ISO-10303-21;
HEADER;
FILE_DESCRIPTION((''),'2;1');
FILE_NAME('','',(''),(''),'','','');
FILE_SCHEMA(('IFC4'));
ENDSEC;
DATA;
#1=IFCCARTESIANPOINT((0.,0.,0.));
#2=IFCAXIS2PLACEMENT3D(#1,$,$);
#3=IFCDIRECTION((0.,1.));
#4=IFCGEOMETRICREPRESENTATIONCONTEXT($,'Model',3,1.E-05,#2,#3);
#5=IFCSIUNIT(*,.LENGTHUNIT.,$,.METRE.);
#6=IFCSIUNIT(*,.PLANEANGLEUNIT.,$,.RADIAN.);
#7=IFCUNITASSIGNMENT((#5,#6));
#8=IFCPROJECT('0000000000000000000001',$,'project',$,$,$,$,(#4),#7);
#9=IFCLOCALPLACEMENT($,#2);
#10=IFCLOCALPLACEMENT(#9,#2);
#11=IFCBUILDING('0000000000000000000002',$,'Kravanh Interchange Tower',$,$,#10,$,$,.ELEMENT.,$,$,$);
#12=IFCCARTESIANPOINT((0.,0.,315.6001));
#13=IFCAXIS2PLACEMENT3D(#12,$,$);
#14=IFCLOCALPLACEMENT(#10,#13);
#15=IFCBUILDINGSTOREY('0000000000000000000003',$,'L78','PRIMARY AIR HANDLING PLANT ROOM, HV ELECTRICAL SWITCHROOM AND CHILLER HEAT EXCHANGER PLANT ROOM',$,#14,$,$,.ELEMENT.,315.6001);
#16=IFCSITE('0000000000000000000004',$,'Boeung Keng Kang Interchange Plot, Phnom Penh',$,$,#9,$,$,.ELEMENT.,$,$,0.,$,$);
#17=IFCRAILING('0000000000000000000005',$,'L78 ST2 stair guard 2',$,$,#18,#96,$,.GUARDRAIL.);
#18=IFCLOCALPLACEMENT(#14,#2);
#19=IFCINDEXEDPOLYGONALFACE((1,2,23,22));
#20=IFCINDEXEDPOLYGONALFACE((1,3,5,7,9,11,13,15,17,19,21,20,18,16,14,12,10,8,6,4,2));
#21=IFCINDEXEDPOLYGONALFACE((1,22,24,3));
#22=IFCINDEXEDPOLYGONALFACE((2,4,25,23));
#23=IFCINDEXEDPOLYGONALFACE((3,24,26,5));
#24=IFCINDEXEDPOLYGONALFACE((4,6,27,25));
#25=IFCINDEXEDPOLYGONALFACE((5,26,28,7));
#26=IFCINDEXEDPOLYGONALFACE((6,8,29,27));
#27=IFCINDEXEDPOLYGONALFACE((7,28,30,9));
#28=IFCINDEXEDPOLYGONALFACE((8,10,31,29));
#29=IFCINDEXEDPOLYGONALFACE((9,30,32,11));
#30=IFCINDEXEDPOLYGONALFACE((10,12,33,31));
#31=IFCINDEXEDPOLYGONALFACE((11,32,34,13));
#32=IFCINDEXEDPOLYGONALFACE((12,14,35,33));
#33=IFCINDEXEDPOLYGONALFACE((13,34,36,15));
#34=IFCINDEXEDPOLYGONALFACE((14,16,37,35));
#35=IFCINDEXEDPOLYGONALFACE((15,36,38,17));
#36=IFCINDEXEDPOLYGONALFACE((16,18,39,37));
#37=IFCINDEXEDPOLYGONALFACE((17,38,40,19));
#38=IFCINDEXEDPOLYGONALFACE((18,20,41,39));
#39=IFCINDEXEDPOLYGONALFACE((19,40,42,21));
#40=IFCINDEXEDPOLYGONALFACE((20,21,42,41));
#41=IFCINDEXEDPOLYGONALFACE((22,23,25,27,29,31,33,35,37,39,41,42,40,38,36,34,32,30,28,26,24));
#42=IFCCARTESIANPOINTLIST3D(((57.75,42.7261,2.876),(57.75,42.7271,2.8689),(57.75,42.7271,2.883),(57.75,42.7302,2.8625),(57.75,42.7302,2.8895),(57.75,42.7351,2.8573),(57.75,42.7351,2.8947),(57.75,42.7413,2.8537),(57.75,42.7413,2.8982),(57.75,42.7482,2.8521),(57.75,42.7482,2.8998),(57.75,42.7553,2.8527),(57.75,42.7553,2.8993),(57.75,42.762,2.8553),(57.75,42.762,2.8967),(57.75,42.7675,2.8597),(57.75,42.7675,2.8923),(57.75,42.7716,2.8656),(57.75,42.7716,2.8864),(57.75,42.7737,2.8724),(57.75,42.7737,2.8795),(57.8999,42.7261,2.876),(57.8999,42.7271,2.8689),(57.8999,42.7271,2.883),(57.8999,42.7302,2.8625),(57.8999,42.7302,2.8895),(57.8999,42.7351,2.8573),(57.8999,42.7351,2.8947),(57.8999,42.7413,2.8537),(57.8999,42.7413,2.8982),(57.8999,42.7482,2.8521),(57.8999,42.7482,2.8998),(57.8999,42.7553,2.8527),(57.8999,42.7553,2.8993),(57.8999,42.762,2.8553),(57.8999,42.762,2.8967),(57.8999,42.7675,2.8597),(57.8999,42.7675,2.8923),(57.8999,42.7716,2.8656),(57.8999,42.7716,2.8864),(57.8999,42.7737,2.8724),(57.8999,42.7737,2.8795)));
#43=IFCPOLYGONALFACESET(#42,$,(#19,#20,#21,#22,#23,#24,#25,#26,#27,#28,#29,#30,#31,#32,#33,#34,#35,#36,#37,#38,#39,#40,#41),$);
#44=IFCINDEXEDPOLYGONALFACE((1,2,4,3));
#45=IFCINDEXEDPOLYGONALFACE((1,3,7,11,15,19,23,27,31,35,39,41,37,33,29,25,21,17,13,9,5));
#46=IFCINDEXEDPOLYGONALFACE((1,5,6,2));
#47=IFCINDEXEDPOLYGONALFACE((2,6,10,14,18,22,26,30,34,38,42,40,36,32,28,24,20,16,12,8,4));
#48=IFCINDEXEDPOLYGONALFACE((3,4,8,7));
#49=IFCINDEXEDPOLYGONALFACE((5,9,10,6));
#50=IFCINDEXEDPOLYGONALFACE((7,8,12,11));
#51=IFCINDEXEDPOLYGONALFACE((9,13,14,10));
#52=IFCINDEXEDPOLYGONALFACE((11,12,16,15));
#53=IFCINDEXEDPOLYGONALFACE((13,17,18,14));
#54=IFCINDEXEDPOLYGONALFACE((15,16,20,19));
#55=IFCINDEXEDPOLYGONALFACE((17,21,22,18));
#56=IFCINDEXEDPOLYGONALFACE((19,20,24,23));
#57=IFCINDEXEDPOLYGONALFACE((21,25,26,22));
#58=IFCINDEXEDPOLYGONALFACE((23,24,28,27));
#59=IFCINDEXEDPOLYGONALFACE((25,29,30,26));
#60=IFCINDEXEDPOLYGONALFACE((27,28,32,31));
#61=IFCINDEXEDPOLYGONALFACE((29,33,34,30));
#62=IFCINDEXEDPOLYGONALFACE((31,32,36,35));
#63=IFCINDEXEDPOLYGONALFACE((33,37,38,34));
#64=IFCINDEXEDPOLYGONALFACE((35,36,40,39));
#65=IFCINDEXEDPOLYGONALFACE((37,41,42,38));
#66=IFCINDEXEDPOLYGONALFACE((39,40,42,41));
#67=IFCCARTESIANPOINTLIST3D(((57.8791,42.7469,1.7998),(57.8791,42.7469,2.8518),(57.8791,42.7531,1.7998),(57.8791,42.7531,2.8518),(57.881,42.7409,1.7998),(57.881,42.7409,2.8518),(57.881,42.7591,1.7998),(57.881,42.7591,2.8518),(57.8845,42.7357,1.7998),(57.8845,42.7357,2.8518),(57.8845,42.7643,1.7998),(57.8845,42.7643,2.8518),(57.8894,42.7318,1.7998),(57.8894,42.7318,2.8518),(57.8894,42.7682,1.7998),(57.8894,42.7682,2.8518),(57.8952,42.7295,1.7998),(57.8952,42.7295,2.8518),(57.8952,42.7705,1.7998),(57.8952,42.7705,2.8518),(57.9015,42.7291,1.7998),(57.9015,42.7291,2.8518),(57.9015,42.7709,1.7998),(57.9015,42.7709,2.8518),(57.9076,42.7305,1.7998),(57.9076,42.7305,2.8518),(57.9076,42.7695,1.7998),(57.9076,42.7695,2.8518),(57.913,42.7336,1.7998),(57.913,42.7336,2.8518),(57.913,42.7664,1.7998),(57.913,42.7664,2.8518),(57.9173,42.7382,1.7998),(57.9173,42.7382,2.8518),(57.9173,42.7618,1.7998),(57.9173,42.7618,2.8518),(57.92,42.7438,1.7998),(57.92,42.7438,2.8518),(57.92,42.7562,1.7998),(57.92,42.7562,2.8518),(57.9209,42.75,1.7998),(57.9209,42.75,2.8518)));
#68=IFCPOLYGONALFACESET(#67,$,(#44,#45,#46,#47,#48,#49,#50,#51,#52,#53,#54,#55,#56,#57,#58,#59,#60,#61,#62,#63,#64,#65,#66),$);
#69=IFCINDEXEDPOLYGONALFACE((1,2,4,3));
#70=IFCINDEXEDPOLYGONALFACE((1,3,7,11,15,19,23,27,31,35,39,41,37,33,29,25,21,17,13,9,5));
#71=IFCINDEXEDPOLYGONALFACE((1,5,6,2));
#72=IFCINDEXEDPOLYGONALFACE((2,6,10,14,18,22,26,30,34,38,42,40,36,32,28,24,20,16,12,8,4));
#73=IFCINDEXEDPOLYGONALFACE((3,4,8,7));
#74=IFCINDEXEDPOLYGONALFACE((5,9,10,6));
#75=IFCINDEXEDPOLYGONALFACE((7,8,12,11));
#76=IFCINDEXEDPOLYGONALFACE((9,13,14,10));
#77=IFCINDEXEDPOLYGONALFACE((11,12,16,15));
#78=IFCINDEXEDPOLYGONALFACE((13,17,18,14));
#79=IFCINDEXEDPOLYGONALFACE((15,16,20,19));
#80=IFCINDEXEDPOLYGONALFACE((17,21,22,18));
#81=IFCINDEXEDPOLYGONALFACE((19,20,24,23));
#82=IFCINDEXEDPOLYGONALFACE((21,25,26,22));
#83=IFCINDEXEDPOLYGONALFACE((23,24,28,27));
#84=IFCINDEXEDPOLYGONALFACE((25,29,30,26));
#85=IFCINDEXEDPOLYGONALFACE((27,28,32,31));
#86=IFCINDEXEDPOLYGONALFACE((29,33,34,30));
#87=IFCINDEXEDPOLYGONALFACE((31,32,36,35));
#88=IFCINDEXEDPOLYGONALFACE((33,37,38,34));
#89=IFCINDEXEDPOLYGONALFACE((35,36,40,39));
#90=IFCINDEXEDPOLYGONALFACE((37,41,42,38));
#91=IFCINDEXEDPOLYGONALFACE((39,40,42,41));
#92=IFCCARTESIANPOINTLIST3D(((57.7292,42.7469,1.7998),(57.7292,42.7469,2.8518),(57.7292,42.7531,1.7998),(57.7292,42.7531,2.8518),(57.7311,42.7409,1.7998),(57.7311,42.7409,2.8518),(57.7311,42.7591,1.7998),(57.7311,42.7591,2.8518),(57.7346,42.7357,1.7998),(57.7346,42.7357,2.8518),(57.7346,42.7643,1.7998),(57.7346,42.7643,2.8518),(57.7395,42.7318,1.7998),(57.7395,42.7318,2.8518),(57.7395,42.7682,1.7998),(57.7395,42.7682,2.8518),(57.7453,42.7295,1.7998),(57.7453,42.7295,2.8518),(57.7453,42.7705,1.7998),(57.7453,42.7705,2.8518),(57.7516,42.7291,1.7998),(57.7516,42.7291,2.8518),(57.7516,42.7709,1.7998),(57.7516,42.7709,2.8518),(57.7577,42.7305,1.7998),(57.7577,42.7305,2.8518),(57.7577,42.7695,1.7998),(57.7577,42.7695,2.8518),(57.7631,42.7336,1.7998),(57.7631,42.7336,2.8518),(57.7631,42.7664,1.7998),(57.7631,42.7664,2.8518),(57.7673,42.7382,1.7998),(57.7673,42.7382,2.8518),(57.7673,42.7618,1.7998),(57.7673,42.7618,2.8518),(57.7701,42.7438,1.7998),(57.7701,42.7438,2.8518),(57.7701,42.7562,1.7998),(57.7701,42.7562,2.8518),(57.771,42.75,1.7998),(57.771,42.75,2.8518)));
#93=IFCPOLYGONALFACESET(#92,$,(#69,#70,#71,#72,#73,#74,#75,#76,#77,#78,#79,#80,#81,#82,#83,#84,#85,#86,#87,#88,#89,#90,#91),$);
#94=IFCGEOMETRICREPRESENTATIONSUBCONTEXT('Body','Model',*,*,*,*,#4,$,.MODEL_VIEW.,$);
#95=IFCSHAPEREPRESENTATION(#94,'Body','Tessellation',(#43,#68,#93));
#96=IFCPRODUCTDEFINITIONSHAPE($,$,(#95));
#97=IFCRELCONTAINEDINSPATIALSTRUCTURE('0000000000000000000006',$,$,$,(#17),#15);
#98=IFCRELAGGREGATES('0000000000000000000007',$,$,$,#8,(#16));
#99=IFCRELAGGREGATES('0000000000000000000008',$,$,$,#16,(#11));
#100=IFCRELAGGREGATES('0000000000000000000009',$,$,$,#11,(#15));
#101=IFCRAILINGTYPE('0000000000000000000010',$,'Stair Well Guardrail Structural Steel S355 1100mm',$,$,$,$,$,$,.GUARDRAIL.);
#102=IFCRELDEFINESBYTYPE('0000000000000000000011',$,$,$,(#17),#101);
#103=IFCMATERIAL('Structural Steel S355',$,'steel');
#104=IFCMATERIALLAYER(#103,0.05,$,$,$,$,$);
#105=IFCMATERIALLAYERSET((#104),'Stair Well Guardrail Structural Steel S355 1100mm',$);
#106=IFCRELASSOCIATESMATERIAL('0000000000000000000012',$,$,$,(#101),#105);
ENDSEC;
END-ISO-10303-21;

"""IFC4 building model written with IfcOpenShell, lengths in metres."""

from ifc_helpers import new_model, si_unit, direction, frame, origin, origin_2d, place, context, subcontext, project, spatial, circle, extrude, material, layer, layer_set, type_object, element, save


model = new_model("IFC4")

# Units and contexts
model_context = context("Model", 3, precision=1e-05, world=origin(), true_north=direction((0.0, 1.0)))
body_context = subcontext(model_context, "Body", "Model", "MODEL_VIEW")
ifc_project = project(units=[si_unit("LENGTHUNIT", "METRE"), si_unit("PLANEANGLEUNIT", "RADIAN")], contexts=[model_context])

# Site, building, storey
site_placement = place(None, origin())
site = spatial("IfcSite", under=ifc_project, at=site_placement, Name="Boeung Keng Kang Interchange Plot, Phnom Penh", CompositionType="ELEMENT", RefElevation=0.0)
building_placement = place(site_placement, origin())
building = spatial("IfcBuilding", under=site, at=building_placement, Name="Kravanh Interchange Tower", CompositionType="ELEMENT")
storey_placement = place(building_placement, frame((0.0, 0.0, 315.6001)))
storey = spatial("IfcBuildingStorey", under=building, at=storey_placement, Name="L78", Description="PRIMARY AIR HANDLING PLANT ROOM, HV ELECTRICAL SWITCHROOM AND CHILLER HEAT EXCHANGER PLANT ROOM", CompositionType="ELEMENT", Elevation=315.6001)

# Railing
ifc_material_1 = material(Name="Structural Steel S355", Category="steel")
ifc_layer_1 = layer(ifc_material_1, 0.05)
ifc_layer_set_1 = layer_set([ifc_layer_1], Name="Stair Well Guardrail Structural Steel S355 1100mm")
railing_type_1 = type_object("IfcRailingType", Name="Stair Well Guardrail Structural Steel S355 1100mm", PredefinedType="GUARDRAIL", material=ifc_layer_set_1)
railing_1_placement = place(storey_placement, frame((57.8999, 42.75, 1.7998)))
element("IfcRailing", 1, at=railing_1_placement, inside=storey, type_object=railing_type_1, Name="L78 ST2 stair guard 2", PredefinedType="GUARDRAIL", context=body_context, shape_type="SweptSolid", body=[
    extrude(circle(Radius=0.0239, at=origin_2d()), frame((0.0, 0.0, 1.0762), z_axis=(-1.0, 0.0, 0.0), x_axis=(0.0, -1.0, 0.0)), (0.0, 0.0, 1.0), 0.1499),
    extrude(circle(Radius=0.021, at=origin_2d()), origin(), (0.0, 0.0, 1.0), 1.052),
    extrude(circle(Radius=0.021, at=origin_2d()), frame((-0.1499, 0.0, 0.0)), (0.0, 0.0, 1.0), 1.052),
])

save(model, "model.ifc")
